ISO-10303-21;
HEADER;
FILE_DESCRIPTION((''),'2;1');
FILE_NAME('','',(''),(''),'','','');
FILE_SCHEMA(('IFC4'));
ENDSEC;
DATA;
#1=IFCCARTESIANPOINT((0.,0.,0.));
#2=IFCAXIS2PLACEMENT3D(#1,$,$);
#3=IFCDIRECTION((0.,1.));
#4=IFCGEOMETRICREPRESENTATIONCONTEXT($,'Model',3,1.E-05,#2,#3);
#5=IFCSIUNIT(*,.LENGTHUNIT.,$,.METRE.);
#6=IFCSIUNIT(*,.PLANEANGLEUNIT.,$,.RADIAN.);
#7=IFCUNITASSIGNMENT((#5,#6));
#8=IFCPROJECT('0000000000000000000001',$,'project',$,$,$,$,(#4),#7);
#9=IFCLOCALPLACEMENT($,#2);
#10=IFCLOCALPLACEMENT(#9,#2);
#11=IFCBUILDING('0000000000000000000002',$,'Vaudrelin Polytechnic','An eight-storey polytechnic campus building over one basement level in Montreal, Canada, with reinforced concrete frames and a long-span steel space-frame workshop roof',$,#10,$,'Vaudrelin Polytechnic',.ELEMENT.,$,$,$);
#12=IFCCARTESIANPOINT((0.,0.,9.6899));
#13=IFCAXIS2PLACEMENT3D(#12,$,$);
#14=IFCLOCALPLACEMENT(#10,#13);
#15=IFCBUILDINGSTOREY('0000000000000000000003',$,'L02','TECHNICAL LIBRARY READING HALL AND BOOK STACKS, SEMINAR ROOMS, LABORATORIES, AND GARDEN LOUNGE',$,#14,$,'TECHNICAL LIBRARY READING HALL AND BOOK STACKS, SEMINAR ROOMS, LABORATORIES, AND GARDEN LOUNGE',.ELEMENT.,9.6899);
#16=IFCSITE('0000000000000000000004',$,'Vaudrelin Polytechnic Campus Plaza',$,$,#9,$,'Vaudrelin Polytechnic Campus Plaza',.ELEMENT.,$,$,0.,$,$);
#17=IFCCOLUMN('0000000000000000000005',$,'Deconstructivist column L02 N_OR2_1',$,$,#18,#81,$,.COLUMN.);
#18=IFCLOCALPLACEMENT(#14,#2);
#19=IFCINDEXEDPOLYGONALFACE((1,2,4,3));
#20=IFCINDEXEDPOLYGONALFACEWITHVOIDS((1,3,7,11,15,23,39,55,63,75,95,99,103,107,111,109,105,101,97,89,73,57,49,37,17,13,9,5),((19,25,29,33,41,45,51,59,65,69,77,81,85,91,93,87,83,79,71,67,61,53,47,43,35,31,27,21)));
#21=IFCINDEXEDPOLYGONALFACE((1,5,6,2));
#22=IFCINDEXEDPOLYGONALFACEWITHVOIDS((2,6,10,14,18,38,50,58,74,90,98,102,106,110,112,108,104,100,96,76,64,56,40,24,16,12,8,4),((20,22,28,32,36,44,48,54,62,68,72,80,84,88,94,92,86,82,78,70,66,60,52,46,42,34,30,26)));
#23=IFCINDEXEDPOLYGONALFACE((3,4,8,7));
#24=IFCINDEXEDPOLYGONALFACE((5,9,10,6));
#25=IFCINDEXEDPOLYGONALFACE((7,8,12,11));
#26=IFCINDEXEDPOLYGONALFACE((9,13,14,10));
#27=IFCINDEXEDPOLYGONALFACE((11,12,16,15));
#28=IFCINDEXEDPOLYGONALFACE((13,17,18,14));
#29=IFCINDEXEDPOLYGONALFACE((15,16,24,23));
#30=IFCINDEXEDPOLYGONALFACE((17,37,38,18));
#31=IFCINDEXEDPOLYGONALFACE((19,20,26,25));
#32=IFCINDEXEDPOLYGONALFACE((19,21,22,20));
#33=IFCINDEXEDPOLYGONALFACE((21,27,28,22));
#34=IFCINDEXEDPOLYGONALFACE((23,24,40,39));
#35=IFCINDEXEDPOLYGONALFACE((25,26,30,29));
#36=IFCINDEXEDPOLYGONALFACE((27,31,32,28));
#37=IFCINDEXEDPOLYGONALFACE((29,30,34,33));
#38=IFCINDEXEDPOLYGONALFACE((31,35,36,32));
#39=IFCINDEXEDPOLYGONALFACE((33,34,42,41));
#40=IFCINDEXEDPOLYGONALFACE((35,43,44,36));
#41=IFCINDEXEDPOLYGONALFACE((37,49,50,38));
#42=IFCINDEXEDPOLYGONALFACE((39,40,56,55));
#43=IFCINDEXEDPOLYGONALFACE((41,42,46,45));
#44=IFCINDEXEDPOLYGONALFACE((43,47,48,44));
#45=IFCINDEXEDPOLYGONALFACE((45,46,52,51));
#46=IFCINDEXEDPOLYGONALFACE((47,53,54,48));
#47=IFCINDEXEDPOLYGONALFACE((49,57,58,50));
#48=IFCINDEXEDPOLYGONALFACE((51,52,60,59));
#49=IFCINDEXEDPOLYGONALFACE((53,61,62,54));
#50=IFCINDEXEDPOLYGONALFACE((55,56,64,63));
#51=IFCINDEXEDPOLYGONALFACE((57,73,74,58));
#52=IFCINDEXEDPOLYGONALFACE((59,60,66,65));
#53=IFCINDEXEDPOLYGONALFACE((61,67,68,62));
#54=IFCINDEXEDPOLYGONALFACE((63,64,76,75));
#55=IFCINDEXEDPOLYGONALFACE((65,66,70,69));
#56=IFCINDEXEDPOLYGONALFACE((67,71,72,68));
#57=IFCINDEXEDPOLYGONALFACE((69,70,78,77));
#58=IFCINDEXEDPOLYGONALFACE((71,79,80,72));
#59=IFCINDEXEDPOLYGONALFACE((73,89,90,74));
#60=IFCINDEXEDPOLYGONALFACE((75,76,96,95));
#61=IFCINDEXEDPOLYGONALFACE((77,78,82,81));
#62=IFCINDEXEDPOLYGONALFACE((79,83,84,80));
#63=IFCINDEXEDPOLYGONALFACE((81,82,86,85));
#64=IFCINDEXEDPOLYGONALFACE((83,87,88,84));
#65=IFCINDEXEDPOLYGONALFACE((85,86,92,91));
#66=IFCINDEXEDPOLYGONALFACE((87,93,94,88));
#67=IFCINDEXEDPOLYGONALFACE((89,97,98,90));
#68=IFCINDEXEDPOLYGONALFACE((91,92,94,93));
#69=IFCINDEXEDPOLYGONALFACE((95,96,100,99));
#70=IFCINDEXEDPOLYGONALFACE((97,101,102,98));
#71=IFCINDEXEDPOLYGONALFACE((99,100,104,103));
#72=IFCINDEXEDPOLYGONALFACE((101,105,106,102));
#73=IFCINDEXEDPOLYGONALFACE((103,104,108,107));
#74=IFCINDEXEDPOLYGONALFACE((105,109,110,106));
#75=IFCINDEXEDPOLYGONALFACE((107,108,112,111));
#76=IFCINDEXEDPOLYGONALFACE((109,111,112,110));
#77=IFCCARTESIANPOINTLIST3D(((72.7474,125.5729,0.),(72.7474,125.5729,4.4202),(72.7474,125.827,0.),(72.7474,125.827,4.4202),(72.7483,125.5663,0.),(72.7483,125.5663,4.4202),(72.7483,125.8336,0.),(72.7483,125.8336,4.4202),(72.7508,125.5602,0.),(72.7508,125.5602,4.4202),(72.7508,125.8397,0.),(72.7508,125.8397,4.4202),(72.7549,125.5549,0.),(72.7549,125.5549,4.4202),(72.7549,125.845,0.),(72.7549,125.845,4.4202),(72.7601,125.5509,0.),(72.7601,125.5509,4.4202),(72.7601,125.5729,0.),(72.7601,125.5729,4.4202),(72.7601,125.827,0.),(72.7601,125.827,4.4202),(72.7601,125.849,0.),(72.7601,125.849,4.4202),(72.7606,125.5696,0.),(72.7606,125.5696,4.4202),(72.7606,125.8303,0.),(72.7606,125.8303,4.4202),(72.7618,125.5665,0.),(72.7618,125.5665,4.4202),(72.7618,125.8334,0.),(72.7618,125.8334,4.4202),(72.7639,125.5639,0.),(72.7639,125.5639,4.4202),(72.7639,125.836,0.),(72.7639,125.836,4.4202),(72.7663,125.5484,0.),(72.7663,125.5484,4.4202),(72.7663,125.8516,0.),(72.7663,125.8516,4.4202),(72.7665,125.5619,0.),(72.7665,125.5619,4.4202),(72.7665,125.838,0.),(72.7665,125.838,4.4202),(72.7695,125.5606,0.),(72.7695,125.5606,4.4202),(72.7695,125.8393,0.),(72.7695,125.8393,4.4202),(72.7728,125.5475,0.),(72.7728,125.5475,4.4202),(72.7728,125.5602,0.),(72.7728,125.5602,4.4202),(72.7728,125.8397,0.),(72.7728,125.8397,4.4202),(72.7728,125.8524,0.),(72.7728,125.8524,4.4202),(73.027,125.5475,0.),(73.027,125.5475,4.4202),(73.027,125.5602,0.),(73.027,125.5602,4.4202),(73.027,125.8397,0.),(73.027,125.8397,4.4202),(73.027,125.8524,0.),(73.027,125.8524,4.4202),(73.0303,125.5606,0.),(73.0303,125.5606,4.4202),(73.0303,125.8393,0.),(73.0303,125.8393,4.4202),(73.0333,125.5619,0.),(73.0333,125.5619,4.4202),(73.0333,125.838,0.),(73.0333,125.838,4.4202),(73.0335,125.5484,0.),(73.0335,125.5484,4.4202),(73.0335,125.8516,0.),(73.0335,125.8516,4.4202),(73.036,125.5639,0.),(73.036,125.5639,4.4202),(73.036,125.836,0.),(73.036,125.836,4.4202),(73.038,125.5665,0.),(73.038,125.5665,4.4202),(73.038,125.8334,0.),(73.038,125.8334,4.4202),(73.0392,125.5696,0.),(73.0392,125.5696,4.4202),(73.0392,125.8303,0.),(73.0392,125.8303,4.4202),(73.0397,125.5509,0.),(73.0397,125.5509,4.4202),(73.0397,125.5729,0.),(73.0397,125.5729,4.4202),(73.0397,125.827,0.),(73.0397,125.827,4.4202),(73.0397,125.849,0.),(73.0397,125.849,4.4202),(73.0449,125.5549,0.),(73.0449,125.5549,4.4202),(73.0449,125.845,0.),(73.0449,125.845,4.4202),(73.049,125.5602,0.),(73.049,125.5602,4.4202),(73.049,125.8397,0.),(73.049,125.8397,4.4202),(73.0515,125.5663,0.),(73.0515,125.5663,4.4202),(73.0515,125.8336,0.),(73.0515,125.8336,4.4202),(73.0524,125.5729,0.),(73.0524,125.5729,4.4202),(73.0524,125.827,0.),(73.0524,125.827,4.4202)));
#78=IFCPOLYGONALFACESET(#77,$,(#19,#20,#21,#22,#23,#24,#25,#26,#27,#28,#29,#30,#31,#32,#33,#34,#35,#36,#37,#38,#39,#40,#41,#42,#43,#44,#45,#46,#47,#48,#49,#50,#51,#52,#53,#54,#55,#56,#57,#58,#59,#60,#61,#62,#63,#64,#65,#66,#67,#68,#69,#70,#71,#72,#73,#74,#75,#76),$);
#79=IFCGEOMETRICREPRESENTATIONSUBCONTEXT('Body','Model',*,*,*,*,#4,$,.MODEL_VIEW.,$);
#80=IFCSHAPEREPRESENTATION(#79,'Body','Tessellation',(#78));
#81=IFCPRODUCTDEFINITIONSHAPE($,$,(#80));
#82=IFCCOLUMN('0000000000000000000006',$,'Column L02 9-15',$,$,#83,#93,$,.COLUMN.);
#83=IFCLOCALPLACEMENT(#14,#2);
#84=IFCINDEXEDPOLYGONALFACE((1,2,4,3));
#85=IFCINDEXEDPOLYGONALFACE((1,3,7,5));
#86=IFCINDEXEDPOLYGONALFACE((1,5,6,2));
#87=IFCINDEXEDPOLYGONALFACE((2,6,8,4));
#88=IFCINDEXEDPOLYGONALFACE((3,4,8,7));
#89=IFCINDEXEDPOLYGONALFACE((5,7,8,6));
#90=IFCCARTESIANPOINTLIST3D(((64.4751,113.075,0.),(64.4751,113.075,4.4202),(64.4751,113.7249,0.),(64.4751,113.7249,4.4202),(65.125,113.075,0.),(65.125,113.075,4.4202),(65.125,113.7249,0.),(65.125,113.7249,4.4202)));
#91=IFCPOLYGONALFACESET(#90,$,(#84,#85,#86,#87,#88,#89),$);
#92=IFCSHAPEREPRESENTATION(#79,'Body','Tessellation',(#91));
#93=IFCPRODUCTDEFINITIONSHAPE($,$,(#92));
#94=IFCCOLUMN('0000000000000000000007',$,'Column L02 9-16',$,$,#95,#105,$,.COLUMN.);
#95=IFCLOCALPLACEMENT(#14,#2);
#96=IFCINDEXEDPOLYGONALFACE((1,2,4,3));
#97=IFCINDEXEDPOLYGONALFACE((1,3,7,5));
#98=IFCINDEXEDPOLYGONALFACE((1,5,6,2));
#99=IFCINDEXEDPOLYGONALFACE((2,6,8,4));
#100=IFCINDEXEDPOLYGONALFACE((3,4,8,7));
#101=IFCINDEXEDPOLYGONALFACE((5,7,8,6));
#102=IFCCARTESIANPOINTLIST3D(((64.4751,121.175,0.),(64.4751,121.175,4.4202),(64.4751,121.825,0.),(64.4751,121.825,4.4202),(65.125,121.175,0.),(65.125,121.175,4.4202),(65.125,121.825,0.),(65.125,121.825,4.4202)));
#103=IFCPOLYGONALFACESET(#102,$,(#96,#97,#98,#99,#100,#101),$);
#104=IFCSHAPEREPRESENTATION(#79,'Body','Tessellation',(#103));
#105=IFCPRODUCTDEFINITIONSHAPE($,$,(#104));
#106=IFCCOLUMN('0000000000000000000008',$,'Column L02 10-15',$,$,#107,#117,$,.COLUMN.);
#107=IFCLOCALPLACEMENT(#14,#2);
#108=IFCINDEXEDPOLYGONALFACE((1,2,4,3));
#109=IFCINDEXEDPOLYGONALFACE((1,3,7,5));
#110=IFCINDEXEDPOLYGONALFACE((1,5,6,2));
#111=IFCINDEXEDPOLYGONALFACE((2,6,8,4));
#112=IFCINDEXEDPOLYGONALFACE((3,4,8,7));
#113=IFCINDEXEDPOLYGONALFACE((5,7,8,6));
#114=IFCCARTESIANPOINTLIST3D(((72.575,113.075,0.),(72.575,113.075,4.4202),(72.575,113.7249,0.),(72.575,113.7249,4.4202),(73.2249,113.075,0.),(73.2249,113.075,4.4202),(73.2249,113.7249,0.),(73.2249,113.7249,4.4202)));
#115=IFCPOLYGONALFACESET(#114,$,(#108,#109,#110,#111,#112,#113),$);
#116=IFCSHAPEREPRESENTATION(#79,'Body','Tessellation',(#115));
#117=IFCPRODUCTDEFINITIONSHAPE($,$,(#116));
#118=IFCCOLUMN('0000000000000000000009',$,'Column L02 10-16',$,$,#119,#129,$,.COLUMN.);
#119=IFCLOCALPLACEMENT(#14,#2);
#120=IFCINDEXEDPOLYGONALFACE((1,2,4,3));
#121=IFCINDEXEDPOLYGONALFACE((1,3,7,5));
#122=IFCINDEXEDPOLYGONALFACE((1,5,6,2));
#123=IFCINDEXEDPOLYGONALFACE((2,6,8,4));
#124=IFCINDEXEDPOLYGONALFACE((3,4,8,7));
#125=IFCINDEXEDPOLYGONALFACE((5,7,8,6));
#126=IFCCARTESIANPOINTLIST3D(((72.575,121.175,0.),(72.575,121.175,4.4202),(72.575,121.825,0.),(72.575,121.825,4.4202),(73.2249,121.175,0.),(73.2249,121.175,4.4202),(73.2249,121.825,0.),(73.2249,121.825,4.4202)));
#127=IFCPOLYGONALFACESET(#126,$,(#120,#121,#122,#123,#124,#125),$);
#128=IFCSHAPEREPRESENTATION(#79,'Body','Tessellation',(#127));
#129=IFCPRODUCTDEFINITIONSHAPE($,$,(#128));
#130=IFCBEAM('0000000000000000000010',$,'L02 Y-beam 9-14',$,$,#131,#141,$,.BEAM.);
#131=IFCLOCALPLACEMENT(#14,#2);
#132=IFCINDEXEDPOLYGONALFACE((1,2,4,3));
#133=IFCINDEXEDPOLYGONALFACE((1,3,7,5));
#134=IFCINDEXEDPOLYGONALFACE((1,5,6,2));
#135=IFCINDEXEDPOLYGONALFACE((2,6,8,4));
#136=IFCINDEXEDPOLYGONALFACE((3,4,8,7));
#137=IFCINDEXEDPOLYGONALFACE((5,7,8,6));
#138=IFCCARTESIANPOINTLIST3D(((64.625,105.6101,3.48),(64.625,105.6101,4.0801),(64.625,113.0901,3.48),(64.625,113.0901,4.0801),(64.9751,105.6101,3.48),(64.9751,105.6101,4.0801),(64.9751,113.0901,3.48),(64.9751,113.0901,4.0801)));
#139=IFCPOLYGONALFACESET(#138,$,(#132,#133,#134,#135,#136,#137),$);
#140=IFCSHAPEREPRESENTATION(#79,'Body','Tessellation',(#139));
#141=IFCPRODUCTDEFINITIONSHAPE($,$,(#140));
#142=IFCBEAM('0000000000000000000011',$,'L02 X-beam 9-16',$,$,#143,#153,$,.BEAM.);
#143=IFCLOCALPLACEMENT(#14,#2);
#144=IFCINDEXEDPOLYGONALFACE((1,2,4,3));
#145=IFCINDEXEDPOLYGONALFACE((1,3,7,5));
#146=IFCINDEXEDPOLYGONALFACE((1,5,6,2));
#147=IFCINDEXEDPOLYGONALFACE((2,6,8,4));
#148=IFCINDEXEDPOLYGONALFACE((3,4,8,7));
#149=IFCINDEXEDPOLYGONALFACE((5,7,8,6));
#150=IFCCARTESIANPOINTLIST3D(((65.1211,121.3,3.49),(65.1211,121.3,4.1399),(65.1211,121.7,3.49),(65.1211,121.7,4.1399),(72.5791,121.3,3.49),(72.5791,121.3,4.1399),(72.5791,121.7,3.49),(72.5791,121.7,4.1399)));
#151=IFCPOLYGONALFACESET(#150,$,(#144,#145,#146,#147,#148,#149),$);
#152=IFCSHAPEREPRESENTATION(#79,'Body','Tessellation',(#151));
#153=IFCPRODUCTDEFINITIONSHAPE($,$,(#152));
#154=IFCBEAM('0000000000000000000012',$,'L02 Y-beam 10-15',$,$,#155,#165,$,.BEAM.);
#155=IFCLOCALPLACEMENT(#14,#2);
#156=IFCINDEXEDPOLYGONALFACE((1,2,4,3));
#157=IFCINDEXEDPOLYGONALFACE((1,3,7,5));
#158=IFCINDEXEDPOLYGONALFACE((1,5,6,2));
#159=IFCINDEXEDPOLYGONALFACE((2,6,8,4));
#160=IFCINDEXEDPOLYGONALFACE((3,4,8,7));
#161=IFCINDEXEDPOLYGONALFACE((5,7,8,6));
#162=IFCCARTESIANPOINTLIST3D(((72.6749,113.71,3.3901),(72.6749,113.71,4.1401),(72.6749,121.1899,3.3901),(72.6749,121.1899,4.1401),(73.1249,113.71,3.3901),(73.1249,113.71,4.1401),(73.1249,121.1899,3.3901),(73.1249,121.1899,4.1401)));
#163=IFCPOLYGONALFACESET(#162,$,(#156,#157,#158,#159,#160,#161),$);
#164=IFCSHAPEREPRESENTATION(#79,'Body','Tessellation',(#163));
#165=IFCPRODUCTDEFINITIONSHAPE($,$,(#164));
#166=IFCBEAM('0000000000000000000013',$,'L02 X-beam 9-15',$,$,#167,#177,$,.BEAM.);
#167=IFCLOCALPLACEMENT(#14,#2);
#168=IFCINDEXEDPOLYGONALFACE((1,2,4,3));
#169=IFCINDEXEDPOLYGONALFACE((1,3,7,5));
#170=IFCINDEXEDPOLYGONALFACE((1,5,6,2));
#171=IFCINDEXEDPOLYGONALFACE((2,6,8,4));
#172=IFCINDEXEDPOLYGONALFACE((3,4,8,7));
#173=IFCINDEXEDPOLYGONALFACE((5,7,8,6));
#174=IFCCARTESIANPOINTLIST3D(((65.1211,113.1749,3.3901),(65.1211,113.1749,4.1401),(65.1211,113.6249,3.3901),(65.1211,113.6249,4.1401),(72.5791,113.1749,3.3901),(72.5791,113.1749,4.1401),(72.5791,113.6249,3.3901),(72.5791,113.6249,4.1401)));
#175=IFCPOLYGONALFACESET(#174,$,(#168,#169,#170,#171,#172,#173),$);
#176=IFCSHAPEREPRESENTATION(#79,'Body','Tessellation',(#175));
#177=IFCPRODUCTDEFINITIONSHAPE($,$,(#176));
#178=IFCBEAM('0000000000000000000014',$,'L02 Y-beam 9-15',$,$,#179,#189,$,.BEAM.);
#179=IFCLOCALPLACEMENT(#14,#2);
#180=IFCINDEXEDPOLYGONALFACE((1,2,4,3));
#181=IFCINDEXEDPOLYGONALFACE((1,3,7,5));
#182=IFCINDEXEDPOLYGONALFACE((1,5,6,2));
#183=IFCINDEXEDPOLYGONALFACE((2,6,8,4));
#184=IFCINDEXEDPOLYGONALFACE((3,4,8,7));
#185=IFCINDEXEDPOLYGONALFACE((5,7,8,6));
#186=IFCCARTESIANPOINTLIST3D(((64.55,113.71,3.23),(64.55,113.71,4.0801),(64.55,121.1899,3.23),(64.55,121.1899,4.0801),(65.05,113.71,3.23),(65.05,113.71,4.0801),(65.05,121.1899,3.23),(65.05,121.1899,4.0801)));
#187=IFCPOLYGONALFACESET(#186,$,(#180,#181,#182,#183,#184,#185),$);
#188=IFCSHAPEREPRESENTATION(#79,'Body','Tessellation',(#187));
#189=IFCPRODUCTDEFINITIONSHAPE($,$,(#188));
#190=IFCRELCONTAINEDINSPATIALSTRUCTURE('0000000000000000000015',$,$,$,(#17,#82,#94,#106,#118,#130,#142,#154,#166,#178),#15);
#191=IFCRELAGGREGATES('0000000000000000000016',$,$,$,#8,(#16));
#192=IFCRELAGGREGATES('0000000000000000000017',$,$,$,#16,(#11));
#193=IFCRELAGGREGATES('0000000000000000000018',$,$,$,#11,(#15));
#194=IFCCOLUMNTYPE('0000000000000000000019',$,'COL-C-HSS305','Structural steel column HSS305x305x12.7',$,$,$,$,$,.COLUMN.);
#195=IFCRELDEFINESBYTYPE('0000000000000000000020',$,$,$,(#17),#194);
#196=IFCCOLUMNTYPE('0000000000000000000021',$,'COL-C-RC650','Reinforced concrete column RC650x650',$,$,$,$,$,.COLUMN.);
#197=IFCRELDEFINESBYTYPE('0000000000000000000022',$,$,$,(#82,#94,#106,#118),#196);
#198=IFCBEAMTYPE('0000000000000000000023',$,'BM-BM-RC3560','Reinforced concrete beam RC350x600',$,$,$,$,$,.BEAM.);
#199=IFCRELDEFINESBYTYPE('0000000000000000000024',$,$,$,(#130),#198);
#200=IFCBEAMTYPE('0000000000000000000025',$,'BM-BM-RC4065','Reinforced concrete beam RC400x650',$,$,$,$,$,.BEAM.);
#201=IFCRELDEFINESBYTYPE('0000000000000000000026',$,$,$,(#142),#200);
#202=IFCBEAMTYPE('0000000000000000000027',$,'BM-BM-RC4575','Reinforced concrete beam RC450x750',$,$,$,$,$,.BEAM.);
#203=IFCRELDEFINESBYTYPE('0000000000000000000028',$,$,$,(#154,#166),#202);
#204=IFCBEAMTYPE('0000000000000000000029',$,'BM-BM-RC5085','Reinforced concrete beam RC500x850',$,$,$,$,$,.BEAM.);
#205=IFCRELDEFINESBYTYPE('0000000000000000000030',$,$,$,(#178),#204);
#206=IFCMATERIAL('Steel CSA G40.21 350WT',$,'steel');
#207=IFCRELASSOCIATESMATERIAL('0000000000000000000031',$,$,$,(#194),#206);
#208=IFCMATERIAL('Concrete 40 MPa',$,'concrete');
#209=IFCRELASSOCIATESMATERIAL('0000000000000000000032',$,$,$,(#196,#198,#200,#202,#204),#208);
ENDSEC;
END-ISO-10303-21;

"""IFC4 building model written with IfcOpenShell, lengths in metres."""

from ifc_helpers import new_model, si_unit, direction, frame, origin, origin_2d, place, context, subcontext, project, spatial, rectangle, hollow_rectangle, extrude, material, material_profile, profile_set, type_object, element, save


model = new_model("IFC4")

# Units and contexts
model_context = context("Model", 3, precision=1e-05, world=origin(), true_north=direction((0.0, 1.0)))
body_context = subcontext(model_context, "Body", "Model", "MODEL_VIEW")
ifc_project = project(units=[si_unit("LENGTHUNIT", "METRE"), si_unit("PLANEANGLEUNIT", "RADIAN")], contexts=[model_context])

# Site, building, storey
site_placement = place(None, origin())
site = spatial("IfcSite", under=ifc_project, at=site_placement, Name="Vaudrelin Polytechnic Campus Plaza", LongName="Vaudrelin Polytechnic Campus Plaza", CompositionType="ELEMENT", RefElevation=0.0)
building_placement = place(site_placement, origin())
building = spatial("IfcBuilding", under=site, at=building_placement, Name="Vaudrelin Polytechnic", Description="An eight-storey polytechnic campus building over one basement level in Montreal, Canada, with reinforced concrete frames and a long-span steel space-frame workshop roof", LongName="Vaudrelin Polytechnic", CompositionType="ELEMENT")
storey_placement = place(building_placement, frame((0.0, 0.0, 9.6899)))
storey = spatial("IfcBuildingStorey", under=building, at=storey_placement, Name="L02", Description="TECHNICAL LIBRARY READING HALL AND BOOK STACKS, SEMINAR ROOMS, LABORATORIES, AND GARDEN LOUNGE", LongName="TECHNICAL LIBRARY READING HALL AND BOOK STACKS, SEMINAR ROOMS, LABORATORIES, AND GARDEN LOUNGE", CompositionType="ELEMENT", Elevation=9.6899)

# Columns
ifc_material_1 = material(Name="Steel CSA G40.21 350WT", Category="steel")
ifc_material_profile_1 = material_profile(ifc_material_1, hollow_rectangle(XDim=0.3049, YDim=0.3049, WallThickness=0.0127, InnerFilletRadius=0.0127, OuterFilletRadius=0.0254, at=origin_2d()), Name="HSS305x305x12.7")
ifc_profile_set_1 = profile_set([ifc_material_profile_1], Name="Steel CSA G40.21 350WT")
column_type_1 = type_object("IfcColumnType", Name="COL-C-HSS305", Description="Structural steel column HSS305x305x12.7", PredefinedType="COLUMN", material=ifc_profile_set_1)
column_placement = place(storey_placement, frame((72.8999, 125.7, 0.0), z_axis=(0.0, 0.0, 1.0), x_axis=(1.0, 0.0, 0.0)))
element("IfcColumn", 1, at=column_placement, inside=storey, type_object=column_type_1, Name="Deconstructivist column L02 N_OR2_1", PredefinedType="COLUMN", context=body_context, shape_type="SweptSolid", body=[
    extrude(hollow_rectangle(XDim=0.3049, YDim=0.3049, WallThickness=0.0127, InnerFilletRadius=0.0127, OuterFilletRadius=0.0254, at=origin_2d()), origin(), (0.0, 0.0, 1.0), 4.4202),
])
ifc_material_2 = material(Name="Concrete 40 MPa", Category="concrete")
ifc_material_profile_2 = material_profile(ifc_material_2, rectangle(XDim=0.6499, YDim=0.6499, at=origin_2d()), Name="RC650x650")
ifc_profile_set_2 = profile_set([ifc_material_profile_2], Name="Concrete 40 MPa")
column_type_2 = type_object("IfcColumnType", Name="COL-C-RC650", Description="Reinforced concrete column RC650x650", PredefinedType="COLUMN", material=ifc_profile_set_2)
for number, where, z_axis, x_axis, name in (
    (2, (64.8, 113.3999, 0.0), (0.0, 0.0, 1.0), (1.0, 0.0, 0.0), "Column L02 9-15"),
    (3, (64.8, 121.5, 0.0), (0.0, 0.0, 1.0), (1.0, 0.0, 0.0), "Column L02 9-16"),
    (4, (72.8999, 113.3999, 0.0), (0.0, 0.0, 1.0), (1.0, 0.0, 0.0), "Column L02 10-15"),
    (5, (72.8999, 121.5, 0.0), (0.0, 0.0, 1.0), (1.0, 0.0, 0.0), "Column L02 10-16"),
):
    element("IfcColumn", number, at=place(storey_placement, frame(where, z_axis=z_axis, x_axis=x_axis)), inside=storey, type_object=column_type_2, Name=name, PredefinedType="COLUMN", context=body_context, shape_type="SweptSolid", body=[
        extrude(rectangle(XDim=0.6499, YDim=0.6499, at=origin_2d()), origin(), (0.0, 0.0, 1.0), 4.4202),
    ])

# Beams
ifc_material_profile_3 = material_profile(ifc_material_2, rectangle(XDim=0.3501, YDim=0.6001, at=origin_2d()), Name="RC350x600")
ifc_profile_set_3 = profile_set([ifc_material_profile_3], Name="Concrete 40 MPa")
beam_type_1 = type_object("IfcBeamType", Name="BM-BM-RC3560", Description="Reinforced concrete beam RC350x600", PredefinedType="BEAM", material=ifc_profile_set_3)
beam_1_placement = place(storey_placement, frame((64.8, 105.6101, 3.78), z_axis=(0.0, 1.0, 0.0), x_axis=(-1.0, 0.0, 0.0)))
element("IfcBeam", 6, at=beam_1_placement, inside=storey, type_object=beam_type_1, Name="L02 Y-beam 9-14", PredefinedType="BEAM", context=body_context, shape_type="SweptSolid", body=[
    extrude(rectangle(XDim=0.3501, YDim=0.6001, at=origin_2d()), origin(), (0.0, 0.0, 1.0), 7.48),
])
ifc_material_profile_4 = material_profile(ifc_material_2, rectangle(XDim=0.3999, YDim=0.6499, at=origin_2d()), Name="RC400x650")
ifc_profile_set_4 = profile_set([ifc_material_profile_4], Name="Concrete 40 MPa")
beam_type_2 = type_object("IfcBeamType", Name="BM-BM-RC4065", Description="Reinforced concrete beam RC400x650", PredefinedType="BEAM", material=ifc_profile_set_4)
beam_2_placement = place(storey_placement, frame((65.1211, 121.5, 3.8149), z_axis=(1.0, 0.0, 0.0), x_axis=(0.0, 1.0, 0.0)))
element("IfcBeam", 7, at=beam_2_placement, inside=storey, type_object=beam_type_2, Name="L02 X-beam 9-16", PredefinedType="BEAM", context=body_context, shape_type="SweptSolid", body=[
    extrude(rectangle(XDim=0.3999, YDim=0.6499, at=origin_2d()), origin(), (0.0, 0.0, 1.0), 7.458),
])
ifc_material_profile_5 = material_profile(ifc_material_2, rectangle(XDim=0.45, YDim=0.75, at=origin_2d()), Name="RC450x750")
ifc_profile_set_5 = profile_set([ifc_material_profile_5], Name="Concrete 40 MPa")
beam_type_3 = type_object("IfcBeamType", Name="BM-BM-RC4575", Description="Reinforced concrete beam RC450x750", PredefinedType="BEAM", material=ifc_profile_set_5)
beam_3_placement = place(storey_placement, frame((72.8999, 113.71, 3.7651), z_axis=(0.0, 1.0, 0.0), x_axis=(-1.0, 0.0, 0.0)))
element("IfcBeam", 8, at=beam_3_placement, inside=storey, type_object=beam_type_3, Name="L02 Y-beam 10-15", PredefinedType="BEAM", context=body_context, shape_type="SweptSolid", body=[
    extrude(rectangle(XDim=0.45, YDim=0.75, at=origin_2d()), origin(), (0.0, 0.0, 1.0), 7.48),
])
beam_4_placement = place(storey_placement, frame((65.1211, 113.3999, 3.7651), z_axis=(1.0, 0.0, 0.0), x_axis=(0.0, 1.0, 0.0)))
element("IfcBeam", 9, at=beam_4_placement, inside=storey, type_object=beam_type_3, Name="L02 X-beam 9-15", PredefinedType="BEAM", context=body_context, shape_type="SweptSolid", body=[
    extrude(rectangle(XDim=0.45, YDim=0.75, at=origin_2d()), origin(), (0.0, 0.0, 1.0), 7.458),
])
ifc_material_profile_6 = material_profile(ifc_material_2, rectangle(XDim=0.5, YDim=0.8501, at=origin_2d()), Name="RC500x850")
ifc_profile_set_6 = profile_set([ifc_material_profile_6], Name="Concrete 40 MPa")
beam_type_4 = type_object("IfcBeamType", Name="BM-BM-RC5085", Description="Reinforced concrete beam RC500x850", PredefinedType="BEAM", material=ifc_profile_set_6)
beam_5_placement = place(storey_placement, frame((64.8, 113.71, 3.655), z_axis=(0.0, 1.0, 0.0), x_axis=(-1.0, 0.0, 0.0)))
element("IfcBeam", 10, at=beam_5_placement, inside=storey, type_object=beam_type_4, Name="L02 Y-beam 9-15", PredefinedType="BEAM", context=body_context, shape_type="SweptSolid", body=[
    extrude(rectangle(XDim=0.5, YDim=0.8501, at=origin_2d()), origin(), (0.0, 0.0, 1.0), 7.48),
])

save(model, "model.ifc")
